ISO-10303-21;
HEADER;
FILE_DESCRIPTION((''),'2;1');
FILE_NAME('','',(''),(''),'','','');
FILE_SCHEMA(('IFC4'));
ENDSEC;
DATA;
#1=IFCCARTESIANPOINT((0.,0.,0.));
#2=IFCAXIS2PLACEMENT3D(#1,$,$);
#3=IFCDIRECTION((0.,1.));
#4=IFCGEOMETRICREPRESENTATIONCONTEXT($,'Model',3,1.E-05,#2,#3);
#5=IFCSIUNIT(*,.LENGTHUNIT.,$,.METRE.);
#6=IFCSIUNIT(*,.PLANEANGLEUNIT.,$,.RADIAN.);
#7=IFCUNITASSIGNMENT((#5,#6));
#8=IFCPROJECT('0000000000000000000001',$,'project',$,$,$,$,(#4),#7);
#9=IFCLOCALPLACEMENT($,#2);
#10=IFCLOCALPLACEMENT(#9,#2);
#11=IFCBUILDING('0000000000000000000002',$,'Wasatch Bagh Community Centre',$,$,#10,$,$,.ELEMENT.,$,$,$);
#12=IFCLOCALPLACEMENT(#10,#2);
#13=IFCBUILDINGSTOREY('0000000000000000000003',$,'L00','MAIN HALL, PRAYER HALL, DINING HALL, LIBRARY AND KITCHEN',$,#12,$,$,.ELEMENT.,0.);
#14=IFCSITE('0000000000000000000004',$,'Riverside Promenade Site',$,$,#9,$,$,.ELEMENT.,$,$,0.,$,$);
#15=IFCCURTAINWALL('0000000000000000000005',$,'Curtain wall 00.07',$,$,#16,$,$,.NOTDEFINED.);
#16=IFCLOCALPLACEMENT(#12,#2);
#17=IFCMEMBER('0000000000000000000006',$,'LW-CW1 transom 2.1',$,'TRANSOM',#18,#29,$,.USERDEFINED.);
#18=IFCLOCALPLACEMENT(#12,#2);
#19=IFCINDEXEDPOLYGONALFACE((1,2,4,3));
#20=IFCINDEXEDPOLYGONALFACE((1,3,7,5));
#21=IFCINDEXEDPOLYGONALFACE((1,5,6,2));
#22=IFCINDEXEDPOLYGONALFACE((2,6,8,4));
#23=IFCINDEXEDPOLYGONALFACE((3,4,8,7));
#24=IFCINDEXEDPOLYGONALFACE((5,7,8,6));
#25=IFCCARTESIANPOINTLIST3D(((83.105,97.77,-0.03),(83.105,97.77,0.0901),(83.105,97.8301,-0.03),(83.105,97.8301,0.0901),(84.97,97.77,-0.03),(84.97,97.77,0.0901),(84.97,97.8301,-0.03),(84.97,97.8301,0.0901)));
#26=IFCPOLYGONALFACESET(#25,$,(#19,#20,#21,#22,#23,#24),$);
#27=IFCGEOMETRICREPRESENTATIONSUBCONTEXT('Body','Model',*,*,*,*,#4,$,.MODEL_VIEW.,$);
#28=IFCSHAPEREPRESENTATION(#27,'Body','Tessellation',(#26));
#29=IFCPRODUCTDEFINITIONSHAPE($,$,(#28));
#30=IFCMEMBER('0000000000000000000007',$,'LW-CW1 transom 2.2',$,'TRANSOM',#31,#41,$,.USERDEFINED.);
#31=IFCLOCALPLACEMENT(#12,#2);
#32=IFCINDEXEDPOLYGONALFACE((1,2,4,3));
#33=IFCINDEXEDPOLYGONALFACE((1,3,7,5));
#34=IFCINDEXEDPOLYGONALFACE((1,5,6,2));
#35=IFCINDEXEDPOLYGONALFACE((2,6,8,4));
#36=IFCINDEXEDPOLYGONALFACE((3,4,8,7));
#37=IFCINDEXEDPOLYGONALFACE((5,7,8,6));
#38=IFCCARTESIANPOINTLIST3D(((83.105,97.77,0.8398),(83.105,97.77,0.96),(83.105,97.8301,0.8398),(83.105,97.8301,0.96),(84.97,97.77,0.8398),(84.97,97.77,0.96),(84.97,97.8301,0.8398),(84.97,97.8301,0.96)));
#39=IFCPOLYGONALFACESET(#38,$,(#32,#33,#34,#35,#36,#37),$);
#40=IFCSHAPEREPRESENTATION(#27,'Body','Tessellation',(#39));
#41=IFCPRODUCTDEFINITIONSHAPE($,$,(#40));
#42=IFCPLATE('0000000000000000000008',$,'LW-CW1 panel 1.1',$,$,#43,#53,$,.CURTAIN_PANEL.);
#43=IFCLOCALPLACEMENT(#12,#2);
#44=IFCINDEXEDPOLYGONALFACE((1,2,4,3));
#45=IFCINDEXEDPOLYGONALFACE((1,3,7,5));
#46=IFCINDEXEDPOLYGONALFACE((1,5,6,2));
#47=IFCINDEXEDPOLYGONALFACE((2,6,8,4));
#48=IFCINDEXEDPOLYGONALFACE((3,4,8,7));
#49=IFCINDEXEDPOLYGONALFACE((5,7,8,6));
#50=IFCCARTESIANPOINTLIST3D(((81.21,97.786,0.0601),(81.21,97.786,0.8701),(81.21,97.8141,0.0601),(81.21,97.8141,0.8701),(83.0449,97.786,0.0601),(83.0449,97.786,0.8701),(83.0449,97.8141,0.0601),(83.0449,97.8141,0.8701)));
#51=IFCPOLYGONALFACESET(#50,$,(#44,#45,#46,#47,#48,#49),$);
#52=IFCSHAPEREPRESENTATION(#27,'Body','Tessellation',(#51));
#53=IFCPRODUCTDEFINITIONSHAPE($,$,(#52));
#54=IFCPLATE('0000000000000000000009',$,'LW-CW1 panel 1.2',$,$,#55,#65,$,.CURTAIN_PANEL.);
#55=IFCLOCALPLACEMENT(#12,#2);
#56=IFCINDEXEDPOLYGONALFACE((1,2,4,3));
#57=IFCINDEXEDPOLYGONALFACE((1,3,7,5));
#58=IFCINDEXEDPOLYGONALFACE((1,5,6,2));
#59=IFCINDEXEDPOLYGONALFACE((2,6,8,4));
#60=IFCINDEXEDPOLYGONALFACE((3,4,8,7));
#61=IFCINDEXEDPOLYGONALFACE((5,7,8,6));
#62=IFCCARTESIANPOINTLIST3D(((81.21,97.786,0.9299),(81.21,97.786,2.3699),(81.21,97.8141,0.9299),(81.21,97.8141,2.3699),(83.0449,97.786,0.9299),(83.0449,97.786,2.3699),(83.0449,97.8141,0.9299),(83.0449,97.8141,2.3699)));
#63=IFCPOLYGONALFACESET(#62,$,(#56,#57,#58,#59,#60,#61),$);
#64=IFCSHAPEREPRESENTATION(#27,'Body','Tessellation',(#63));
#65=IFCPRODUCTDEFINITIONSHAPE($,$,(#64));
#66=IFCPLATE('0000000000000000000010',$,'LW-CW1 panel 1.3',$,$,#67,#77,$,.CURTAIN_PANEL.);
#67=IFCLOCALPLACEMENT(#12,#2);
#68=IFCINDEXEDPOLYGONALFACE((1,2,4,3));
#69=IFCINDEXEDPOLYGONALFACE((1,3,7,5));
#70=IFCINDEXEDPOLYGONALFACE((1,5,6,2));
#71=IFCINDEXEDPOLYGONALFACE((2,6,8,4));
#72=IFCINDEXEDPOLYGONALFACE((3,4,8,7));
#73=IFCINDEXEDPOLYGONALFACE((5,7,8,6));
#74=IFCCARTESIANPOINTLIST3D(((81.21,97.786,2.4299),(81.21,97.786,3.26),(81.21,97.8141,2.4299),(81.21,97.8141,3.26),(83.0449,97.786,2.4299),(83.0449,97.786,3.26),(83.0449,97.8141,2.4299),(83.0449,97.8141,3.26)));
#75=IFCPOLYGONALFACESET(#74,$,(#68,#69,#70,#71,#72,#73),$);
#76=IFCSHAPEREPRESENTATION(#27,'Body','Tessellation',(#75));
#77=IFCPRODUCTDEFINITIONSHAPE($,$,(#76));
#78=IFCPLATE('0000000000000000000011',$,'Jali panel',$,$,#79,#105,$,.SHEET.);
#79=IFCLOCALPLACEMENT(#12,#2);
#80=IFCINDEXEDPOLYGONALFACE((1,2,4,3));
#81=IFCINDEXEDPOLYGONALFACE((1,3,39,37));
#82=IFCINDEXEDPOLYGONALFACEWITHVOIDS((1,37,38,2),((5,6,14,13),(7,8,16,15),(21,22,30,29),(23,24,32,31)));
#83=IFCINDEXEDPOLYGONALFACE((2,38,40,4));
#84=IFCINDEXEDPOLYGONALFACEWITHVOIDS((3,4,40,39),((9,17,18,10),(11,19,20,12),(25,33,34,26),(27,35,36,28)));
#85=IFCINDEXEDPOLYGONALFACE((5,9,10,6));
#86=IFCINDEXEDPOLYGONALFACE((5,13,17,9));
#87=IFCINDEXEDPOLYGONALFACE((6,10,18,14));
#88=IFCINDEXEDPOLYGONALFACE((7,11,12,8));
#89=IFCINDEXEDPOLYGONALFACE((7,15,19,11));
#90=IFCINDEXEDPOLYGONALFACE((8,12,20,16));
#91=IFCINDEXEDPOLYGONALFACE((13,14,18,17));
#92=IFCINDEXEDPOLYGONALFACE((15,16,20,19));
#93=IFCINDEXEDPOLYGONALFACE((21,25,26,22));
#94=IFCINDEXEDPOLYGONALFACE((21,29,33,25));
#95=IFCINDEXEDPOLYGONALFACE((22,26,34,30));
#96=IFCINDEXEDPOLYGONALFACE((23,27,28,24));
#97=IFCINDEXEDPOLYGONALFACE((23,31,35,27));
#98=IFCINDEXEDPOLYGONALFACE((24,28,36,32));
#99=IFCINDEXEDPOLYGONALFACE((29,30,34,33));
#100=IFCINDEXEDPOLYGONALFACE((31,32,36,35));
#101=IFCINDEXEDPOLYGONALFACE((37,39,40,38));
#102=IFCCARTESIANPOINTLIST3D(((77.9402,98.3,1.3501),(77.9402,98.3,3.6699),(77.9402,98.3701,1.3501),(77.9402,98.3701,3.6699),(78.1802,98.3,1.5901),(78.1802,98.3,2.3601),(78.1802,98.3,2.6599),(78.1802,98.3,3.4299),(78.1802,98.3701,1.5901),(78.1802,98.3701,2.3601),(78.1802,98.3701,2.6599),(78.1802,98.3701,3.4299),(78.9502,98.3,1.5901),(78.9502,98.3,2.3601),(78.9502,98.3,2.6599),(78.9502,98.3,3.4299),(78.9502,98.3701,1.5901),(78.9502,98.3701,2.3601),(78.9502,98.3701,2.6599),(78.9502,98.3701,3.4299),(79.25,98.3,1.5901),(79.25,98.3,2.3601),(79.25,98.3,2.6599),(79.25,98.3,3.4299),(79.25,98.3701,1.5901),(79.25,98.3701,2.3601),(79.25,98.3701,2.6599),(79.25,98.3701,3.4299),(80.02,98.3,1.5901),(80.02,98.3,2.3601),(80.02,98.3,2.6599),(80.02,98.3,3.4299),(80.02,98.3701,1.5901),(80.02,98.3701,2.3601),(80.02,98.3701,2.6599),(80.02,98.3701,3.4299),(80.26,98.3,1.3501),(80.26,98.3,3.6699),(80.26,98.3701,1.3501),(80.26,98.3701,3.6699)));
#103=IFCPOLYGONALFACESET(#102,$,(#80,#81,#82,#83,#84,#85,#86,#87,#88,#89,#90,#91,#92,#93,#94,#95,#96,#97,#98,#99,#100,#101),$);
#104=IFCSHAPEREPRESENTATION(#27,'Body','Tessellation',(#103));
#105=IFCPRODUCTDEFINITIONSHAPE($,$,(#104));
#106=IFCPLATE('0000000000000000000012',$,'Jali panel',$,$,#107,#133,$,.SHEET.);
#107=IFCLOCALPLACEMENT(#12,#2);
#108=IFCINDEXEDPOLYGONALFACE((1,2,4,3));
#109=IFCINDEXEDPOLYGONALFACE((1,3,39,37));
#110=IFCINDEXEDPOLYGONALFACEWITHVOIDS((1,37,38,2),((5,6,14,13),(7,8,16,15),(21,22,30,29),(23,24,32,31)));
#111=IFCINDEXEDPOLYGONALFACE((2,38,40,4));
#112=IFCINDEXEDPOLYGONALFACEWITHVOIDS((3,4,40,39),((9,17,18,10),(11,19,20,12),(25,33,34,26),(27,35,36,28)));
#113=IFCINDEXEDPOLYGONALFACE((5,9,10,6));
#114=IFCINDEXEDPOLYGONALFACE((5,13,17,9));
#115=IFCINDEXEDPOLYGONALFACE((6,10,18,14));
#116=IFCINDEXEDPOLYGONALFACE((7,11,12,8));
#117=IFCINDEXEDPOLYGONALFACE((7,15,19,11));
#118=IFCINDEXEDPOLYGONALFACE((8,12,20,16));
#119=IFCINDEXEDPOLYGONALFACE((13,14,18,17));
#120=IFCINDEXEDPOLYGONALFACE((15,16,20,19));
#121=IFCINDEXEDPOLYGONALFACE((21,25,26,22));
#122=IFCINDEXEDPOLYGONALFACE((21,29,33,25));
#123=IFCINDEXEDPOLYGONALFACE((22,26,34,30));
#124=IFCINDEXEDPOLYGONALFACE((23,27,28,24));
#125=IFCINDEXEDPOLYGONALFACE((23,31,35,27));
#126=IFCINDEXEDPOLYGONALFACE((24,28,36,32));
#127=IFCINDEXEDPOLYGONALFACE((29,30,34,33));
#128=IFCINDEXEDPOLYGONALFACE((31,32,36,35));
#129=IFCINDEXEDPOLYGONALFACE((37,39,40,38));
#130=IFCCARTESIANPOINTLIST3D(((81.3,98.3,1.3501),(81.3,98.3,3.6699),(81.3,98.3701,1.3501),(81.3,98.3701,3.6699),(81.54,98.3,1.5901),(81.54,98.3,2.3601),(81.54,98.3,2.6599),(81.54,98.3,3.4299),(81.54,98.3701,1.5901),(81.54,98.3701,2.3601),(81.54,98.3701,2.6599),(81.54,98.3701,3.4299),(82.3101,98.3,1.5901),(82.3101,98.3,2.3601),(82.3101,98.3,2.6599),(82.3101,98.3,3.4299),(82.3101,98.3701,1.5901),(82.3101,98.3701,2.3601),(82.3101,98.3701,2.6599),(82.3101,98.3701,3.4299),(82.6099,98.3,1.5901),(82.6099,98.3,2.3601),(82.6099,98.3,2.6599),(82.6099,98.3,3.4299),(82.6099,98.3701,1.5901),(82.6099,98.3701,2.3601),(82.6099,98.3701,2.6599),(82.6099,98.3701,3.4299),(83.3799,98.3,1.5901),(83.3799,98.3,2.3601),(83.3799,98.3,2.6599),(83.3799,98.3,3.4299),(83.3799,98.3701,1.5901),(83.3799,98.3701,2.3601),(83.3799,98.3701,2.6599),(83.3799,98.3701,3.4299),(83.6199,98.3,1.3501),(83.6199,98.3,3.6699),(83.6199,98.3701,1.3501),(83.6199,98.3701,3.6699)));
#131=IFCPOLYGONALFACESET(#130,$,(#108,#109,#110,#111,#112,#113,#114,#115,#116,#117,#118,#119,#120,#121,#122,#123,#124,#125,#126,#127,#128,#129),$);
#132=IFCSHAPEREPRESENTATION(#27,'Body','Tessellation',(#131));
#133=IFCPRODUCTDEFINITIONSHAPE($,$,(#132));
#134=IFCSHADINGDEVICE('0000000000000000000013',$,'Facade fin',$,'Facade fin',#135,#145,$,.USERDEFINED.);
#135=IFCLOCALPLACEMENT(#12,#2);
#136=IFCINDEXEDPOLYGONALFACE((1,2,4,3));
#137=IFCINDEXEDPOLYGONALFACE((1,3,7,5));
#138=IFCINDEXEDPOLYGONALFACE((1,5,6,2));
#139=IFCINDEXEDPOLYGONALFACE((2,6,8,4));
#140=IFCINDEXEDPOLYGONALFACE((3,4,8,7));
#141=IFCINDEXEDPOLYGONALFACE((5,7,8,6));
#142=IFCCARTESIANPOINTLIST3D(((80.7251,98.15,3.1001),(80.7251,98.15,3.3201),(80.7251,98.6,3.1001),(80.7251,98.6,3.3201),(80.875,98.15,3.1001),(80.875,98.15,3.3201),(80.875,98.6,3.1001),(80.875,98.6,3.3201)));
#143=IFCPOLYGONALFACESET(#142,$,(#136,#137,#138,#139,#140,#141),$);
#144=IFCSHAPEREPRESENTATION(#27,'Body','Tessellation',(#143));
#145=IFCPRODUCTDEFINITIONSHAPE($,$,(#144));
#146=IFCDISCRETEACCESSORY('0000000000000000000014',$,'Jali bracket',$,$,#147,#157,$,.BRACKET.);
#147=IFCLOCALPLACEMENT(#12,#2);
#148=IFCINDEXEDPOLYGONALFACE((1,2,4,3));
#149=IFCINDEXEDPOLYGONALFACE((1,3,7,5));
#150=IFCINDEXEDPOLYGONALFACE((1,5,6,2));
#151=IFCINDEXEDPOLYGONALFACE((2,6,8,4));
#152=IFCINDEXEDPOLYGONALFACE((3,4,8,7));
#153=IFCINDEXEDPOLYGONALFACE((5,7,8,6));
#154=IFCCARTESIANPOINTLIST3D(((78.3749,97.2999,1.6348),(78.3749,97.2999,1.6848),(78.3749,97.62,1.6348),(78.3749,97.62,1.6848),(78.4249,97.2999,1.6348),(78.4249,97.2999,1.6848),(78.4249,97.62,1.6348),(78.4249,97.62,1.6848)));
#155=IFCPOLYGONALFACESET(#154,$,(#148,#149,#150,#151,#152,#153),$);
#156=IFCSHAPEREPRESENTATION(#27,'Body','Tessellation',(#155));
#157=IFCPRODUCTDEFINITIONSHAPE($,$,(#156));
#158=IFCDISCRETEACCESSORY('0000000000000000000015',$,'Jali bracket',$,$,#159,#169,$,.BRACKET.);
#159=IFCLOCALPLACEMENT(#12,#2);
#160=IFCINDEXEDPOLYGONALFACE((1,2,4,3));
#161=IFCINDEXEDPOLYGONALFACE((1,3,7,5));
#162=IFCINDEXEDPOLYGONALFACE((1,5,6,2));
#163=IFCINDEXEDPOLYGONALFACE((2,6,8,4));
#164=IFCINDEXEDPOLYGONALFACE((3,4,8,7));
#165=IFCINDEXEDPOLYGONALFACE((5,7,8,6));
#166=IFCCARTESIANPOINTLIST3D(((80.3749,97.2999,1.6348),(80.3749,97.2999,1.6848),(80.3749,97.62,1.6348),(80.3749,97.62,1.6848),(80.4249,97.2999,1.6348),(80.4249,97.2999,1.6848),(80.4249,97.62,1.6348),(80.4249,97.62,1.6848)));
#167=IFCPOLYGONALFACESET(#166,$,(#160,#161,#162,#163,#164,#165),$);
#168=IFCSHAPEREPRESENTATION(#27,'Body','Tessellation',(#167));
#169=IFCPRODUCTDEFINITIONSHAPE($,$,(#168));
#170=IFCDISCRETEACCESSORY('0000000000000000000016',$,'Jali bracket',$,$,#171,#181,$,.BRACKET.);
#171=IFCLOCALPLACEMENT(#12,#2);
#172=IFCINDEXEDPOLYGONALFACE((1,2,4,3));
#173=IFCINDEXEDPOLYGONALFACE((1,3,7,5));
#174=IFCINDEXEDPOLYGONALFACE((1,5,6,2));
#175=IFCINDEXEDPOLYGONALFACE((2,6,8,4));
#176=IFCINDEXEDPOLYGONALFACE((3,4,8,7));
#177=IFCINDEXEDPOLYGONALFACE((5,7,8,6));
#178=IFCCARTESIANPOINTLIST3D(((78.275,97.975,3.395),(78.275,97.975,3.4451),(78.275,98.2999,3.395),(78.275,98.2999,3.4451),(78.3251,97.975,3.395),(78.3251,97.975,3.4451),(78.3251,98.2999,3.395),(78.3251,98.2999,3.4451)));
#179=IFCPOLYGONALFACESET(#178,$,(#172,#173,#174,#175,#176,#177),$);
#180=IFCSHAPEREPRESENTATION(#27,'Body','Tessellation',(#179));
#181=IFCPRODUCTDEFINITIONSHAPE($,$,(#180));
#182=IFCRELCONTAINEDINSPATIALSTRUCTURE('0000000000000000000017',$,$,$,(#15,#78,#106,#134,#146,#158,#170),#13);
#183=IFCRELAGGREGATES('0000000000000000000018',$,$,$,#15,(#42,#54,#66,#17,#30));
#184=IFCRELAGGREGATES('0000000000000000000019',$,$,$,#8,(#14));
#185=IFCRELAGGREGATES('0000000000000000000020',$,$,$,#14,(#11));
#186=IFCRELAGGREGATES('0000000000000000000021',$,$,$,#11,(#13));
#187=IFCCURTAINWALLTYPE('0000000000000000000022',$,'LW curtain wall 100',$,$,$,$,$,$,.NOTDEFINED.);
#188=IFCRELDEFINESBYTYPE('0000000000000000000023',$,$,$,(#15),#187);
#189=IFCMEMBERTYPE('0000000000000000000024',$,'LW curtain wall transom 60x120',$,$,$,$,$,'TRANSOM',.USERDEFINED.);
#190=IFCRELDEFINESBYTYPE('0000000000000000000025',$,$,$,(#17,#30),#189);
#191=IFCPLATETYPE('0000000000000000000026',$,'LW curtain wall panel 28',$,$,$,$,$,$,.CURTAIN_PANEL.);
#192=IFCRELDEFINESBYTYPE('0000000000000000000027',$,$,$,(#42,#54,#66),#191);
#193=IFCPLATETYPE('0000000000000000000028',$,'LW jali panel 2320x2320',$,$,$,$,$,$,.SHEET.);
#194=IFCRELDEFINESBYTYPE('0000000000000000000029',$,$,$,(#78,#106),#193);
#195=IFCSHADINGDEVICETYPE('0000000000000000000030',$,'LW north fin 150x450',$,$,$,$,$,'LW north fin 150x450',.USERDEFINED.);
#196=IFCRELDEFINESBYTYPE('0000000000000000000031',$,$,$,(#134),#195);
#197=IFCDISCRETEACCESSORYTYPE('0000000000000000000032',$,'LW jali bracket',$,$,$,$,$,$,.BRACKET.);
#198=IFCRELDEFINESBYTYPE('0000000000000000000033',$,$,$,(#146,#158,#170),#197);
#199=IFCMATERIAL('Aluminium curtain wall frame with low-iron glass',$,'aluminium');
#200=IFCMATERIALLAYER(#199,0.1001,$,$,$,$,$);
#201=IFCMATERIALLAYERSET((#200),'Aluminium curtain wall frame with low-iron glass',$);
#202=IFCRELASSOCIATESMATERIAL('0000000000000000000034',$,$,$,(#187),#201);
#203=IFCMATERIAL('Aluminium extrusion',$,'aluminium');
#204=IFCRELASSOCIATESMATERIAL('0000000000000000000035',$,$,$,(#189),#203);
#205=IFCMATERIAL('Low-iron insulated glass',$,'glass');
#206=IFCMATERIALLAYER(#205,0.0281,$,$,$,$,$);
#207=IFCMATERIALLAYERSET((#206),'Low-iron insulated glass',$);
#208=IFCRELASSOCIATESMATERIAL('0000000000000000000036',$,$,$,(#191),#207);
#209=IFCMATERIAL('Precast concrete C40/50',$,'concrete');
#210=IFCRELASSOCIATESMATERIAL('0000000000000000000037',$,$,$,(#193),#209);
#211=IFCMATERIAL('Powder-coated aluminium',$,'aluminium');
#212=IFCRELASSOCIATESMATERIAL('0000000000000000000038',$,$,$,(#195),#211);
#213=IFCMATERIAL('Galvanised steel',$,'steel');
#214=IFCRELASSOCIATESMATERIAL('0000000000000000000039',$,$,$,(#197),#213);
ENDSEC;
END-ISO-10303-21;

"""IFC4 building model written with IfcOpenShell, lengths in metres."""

from ifc_helpers import new_model, si_unit, direction, frame, origin, origin_2d, place, context, subcontext, project, spatial, polyline, rectangle, outline, extrude, material, layer, layer_set, material_profile, profile_set, type_object, element, aggregate, save


model = new_model("IFC4")

# Units and contexts
model_context = context("Model", 3, precision=1e-05, world=origin(), true_north=direction((0.0, 1.0)))
body_context = subcontext(model_context, "Body", "Model", "MODEL_VIEW")
ifc_project = project(units=[si_unit("LENGTHUNIT", "METRE"), si_unit("PLANEANGLEUNIT", "RADIAN")], contexts=[model_context])

# Site, building, storey
site_placement = place(None, origin())
site = spatial("IfcSite", under=ifc_project, at=site_placement, Name="Riverside Promenade Site", CompositionType="ELEMENT", RefElevation=0.0)
building_placement = place(site_placement, origin())
building = spatial("IfcBuilding", under=site, at=building_placement, Name="Wasatch Bagh Community Centre", CompositionType="ELEMENT")
storey_placement = place(building_placement, origin())
storey = spatial("IfcBuildingStorey", under=building, at=storey_placement, Name="L00", Description="MAIN HALL, PRAYER HALL, DINING HALL, LIBRARY AND KITCHEN", CompositionType="ELEMENT", Elevation=0.0)

# Curtain wall, members, plates
ifc_material_1 = material(Name="Aluminium curtain wall frame with low-iron glass", Category="aluminium")
ifc_layer_1 = layer(ifc_material_1, 0.1001)
ifc_layer_set_1 = layer_set([ifc_layer_1], Name="Aluminium curtain wall frame with low-iron glass")
curtain_wall_type = type_object("IfcCurtainWallType", Name="LW curtain wall 100", PredefinedType="NOTDEFINED", material=ifc_layer_set_1)
curtain_wall_placement = place(storey_placement, origin())
curtain_wall = element("IfcCurtainWall", 1, at=curtain_wall_placement, inside=storey, type_object=curtain_wall_type, Name="Curtain wall 00.07", PredefinedType="NOTDEFINED")
ifc_material_2 = material(Name="Aluminium extrusion", Category="aluminium")
ifc_material_profile_1 = material_profile(ifc_material_2, rectangle(XDim=0.0601, YDim=0.1201, at=origin_2d()), Name="AL 60x120")
ifc_profile_set_1 = profile_set([ifc_material_profile_1], Name="Aluminium extrusion")
member_type_1 = type_object("IfcMemberType", Name="LW curtain wall transom 60x120", ElementType="TRANSOM", PredefinedType="USERDEFINED", material=ifc_profile_set_1)
member_1_placement = place(storey_placement, frame((83.105, 97.8, 0.03), z_axis=(1.0, 0.0, 0.0), x_axis=(0.0, 1.0, 0.0)))
member_1 = element("IfcMember", 2, at=member_1_placement, type_object=member_type_1, Name="LW-CW1 transom 2.1", ObjectType="TRANSOM", PredefinedType="USERDEFINED", context=body_context, shape_type="SweptSolid", body=[
    extrude(rectangle(XDim=0.0601, YDim=0.1201, at=origin_2d()), origin(), (0.0, 0.0, 1.0), 1.865),
])
member_2_placement = place(storey_placement, frame((83.105, 97.8, 0.8999), z_axis=(1.0, 0.0, 0.0), x_axis=(0.0, 1.0, 0.0)))
member_2 = element("IfcMember", 3, at=member_2_placement, type_object=member_type_1, Name="LW-CW1 transom 2.2", ObjectType="TRANSOM", PredefinedType="USERDEFINED", context=body_context, shape_type="SweptSolid", body=[
    extrude(rectangle(XDim=0.0601, YDim=0.1201, at=origin_2d()), origin(), (0.0, 0.0, 1.0), 1.865),
])
ifc_material_3 = material(Name="Low-iron insulated glass", Category="glass")
ifc_layer_2 = layer(ifc_material_3, 0.0281)
ifc_layer_set_2 = layer_set([ifc_layer_2], Name="Low-iron insulated glass")
plate_type_1 = type_object("IfcPlateType", Name="LW curtain wall panel 28", PredefinedType="CURTAIN_PANEL", material=ifc_layer_set_2)
plate_1_placement = place(storey_placement, frame((82.1274, 97.8, 0.0601), z_axis=(0.0, 0.0, 1.0), x_axis=(1.0, 0.0, 0.0)))
plate_1 = element("IfcPlate", 4, at=plate_1_placement, type_object=plate_type_1, Name="LW-CW1 panel 1.1", PredefinedType="CURTAIN_PANEL", context=body_context, shape_type="SweptSolid", body=[
    extrude(rectangle(XDim=1.835, YDim=0.0281, at=origin_2d()), origin(), (0.0, 0.0, 1.0), 0.8101),
])
plate_2_placement = place(storey_placement, frame((82.1274, 97.8, 0.9299), z_axis=(0.0, 0.0, 1.0), x_axis=(1.0, 0.0, 0.0)))
plate_2 = element("IfcPlate", 5, at=plate_2_placement, type_object=plate_type_1, Name="LW-CW1 panel 1.2", PredefinedType="CURTAIN_PANEL", context=body_context, shape_type="SweptSolid", body=[
    extrude(rectangle(XDim=1.835, YDim=0.0281, at=origin_2d()), origin(), (0.0, 0.0, 1.0), 1.4399),
])
plate_3_placement = place(storey_placement, frame((82.1274, 97.8, 2.4299), z_axis=(0.0, 0.0, 1.0), x_axis=(1.0, 0.0, 0.0)))
plate_3 = element("IfcPlate", 6, at=plate_3_placement, type_object=plate_type_1, Name="LW-CW1 panel 1.3", PredefinedType="CURTAIN_PANEL", context=body_context, shape_type="SweptSolid", body=[
    extrude(rectangle(XDim=1.835, YDim=0.0281, at=origin_2d()), origin(), (0.0, 0.0, 1.0), 0.8301),
])
aggregate(curtain_wall, [plate_1, plate_2, plate_3, member_1, member_2])

# Plates
ifc_material_4 = material(Name="Precast concrete C40/50", Category="concrete")
ifc_material_profile_2 = material_profile(ifc_material_4, outline(polyline([(-1.1599, -1.1599), (1.1599, -1.1599), (1.1599, 1.1599), (-1.1599, 1.1599), (-1.1599, -1.1599)]), holes=[polyline([(-0.9199, -0.9199), (-0.1499, -0.9199), (-0.1499, -0.1499), (-0.9199, -0.1499), (-0.9199, -0.9199)]), polyline([(-0.9199, 0.1499), (-0.1499, 0.1499), (-0.1499, 0.9199), (-0.9199, 0.9199), (-0.9199, 0.1499)]), polyline([(0.1499, -0.9199), (0.9199, -0.9199), (0.9199, -0.1499), (0.1499, -0.1499), (0.1499, -0.9199)]), polyline([(0.1499, 0.1499), (0.9199, 0.1499), (0.9199, 0.9199), (0.1499, 0.9199), (0.1499, 0.1499)])]), Name="Jali lattice")
ifc_profile_set_2 = profile_set([ifc_material_profile_2], Name="Precast concrete C40/50")
plate_type_2 = type_object("IfcPlateType", Name="LW jali panel 2320x2320", PredefinedType="SHEET", material=ifc_profile_set_2)
for number, where, z_axis, x_axis, name in (
    (7, (79.1001, 98.3, 2.51), (0.0, 1.0, 0.0), (-1.0, 0.0, 0.0), "Jali panel"),
    (8, (82.46, 98.3, 2.51), (0.0, 1.0, 0.0), (-1.0, 0.0, 0.0), "Jali panel"),
):
    element("IfcPlate", number, at=place(storey_placement, frame(where, z_axis=z_axis, x_axis=x_axis)), inside=storey, type_object=plate_type_2, Name=name, PredefinedType="SHEET", context=body_context, shape_type="SweptSolid", body=[
        extrude(outline(polyline([(-1.1599, -1.1599), (1.1599, -1.1599), (1.1599, 1.1599), (-1.1599, 1.1599), (-1.1599, -1.1599)]), holes=[polyline([(-0.9199, -0.9199), (-0.1499, -0.9199), (-0.1499, -0.1499), (-0.9199, -0.1499), (-0.9199, -0.9199)]), polyline([(-0.9199, 0.1499), (-0.1499, 0.1499), (-0.1499, 0.9199), (-0.9199, 0.9199), (-0.9199, 0.1499)]), polyline([(0.1499, -0.9199), (0.9199, -0.9199), (0.9199, -0.1499), (0.1499, -0.1499), (0.1499, -0.9199)]), polyline([(0.1499, 0.1499), (0.9199, 0.1499), (0.9199, 0.9199), (0.1499, 0.9199), (0.1499, 0.1499)])]), origin(), (0.0, 0.0, 1.0), 0.0701),
    ])

# Shading device
ifc_material_5 = material(Name="Powder-coated aluminium", Category="aluminium")
shading_device_type = type_object("IfcShadingDeviceType", Name="LW north fin 150x450", ElementType="LW north fin 150x450", PredefinedType="USERDEFINED", material=ifc_material_5)
shading_device_placement = place(storey_placement, frame((80.8, 98.375, 3.1001), z_axis=(0.0, 0.0, 1.0), x_axis=(1.0, 0.0, 0.0)))
element("IfcShadingDevice", 9, at=shading_device_placement, inside=storey, type_object=shading_device_type, Name="Facade fin", ObjectType="Facade fin", PredefinedType="USERDEFINED", context=body_context, shape_type="SweptSolid", body=[
    extrude(rectangle(XDim=0.1499, YDim=0.45, at=origin_2d()), origin(), (0.0, 0.0, 1.0), 0.22),
])

# Discrete accessories
ifc_material_6 = material(Name="Galvanised steel", Category="steel")
discrete_accessory_type = type_object("IfcDiscreteAccessoryType", Name="LW jali bracket", PredefinedType="BRACKET", material=ifc_material_6)
for number, where, z_axis, x_axis, name in (
    (10, (78.3999, 97.46, 1.6348), (0.0, 0.0, 1.0), (1.0, 0.0, 0.0), "Jali bracket"),
    (11, (80.3999, 97.46, 1.6348), (0.0, 0.0, 1.0), (1.0, 0.0, 0.0), "Jali bracket"),
):
    element("IfcDiscreteAccessory", number, at=place(storey_placement, frame(where, z_axis=z_axis, x_axis=x_axis)), inside=storey, type_object=discrete_accessory_type, Name=name, PredefinedType="BRACKET", context=body_context, shape_type="SweptSolid", body=[
        extrude(rectangle(XDim=0.05, YDim=0.3201, at=origin_2d()), origin(), (0.0, 0.0, 1.0), 0.05),
    ])
for number, where, z_axis, x_axis, name in (
    (12, (78.3, 98.1375, 3.395), (0.0, 0.0, 1.0), (1.0, 0.0, 0.0), "Jali bracket"),
):
    element("IfcDiscreteAccessory", number, at=place(storey_placement, frame(where, z_axis=z_axis, x_axis=x_axis)), inside=storey, type_object=discrete_accessory_type, Name=name, PredefinedType="BRACKET", context=body_context, shape_type="SweptSolid", body=[
        extrude(rectangle(XDim=0.05, YDim=0.325, at=origin_2d()), origin(), (0.0, 0.0, 1.0), 0.05),
    ])

save(model, "model.ifc")
